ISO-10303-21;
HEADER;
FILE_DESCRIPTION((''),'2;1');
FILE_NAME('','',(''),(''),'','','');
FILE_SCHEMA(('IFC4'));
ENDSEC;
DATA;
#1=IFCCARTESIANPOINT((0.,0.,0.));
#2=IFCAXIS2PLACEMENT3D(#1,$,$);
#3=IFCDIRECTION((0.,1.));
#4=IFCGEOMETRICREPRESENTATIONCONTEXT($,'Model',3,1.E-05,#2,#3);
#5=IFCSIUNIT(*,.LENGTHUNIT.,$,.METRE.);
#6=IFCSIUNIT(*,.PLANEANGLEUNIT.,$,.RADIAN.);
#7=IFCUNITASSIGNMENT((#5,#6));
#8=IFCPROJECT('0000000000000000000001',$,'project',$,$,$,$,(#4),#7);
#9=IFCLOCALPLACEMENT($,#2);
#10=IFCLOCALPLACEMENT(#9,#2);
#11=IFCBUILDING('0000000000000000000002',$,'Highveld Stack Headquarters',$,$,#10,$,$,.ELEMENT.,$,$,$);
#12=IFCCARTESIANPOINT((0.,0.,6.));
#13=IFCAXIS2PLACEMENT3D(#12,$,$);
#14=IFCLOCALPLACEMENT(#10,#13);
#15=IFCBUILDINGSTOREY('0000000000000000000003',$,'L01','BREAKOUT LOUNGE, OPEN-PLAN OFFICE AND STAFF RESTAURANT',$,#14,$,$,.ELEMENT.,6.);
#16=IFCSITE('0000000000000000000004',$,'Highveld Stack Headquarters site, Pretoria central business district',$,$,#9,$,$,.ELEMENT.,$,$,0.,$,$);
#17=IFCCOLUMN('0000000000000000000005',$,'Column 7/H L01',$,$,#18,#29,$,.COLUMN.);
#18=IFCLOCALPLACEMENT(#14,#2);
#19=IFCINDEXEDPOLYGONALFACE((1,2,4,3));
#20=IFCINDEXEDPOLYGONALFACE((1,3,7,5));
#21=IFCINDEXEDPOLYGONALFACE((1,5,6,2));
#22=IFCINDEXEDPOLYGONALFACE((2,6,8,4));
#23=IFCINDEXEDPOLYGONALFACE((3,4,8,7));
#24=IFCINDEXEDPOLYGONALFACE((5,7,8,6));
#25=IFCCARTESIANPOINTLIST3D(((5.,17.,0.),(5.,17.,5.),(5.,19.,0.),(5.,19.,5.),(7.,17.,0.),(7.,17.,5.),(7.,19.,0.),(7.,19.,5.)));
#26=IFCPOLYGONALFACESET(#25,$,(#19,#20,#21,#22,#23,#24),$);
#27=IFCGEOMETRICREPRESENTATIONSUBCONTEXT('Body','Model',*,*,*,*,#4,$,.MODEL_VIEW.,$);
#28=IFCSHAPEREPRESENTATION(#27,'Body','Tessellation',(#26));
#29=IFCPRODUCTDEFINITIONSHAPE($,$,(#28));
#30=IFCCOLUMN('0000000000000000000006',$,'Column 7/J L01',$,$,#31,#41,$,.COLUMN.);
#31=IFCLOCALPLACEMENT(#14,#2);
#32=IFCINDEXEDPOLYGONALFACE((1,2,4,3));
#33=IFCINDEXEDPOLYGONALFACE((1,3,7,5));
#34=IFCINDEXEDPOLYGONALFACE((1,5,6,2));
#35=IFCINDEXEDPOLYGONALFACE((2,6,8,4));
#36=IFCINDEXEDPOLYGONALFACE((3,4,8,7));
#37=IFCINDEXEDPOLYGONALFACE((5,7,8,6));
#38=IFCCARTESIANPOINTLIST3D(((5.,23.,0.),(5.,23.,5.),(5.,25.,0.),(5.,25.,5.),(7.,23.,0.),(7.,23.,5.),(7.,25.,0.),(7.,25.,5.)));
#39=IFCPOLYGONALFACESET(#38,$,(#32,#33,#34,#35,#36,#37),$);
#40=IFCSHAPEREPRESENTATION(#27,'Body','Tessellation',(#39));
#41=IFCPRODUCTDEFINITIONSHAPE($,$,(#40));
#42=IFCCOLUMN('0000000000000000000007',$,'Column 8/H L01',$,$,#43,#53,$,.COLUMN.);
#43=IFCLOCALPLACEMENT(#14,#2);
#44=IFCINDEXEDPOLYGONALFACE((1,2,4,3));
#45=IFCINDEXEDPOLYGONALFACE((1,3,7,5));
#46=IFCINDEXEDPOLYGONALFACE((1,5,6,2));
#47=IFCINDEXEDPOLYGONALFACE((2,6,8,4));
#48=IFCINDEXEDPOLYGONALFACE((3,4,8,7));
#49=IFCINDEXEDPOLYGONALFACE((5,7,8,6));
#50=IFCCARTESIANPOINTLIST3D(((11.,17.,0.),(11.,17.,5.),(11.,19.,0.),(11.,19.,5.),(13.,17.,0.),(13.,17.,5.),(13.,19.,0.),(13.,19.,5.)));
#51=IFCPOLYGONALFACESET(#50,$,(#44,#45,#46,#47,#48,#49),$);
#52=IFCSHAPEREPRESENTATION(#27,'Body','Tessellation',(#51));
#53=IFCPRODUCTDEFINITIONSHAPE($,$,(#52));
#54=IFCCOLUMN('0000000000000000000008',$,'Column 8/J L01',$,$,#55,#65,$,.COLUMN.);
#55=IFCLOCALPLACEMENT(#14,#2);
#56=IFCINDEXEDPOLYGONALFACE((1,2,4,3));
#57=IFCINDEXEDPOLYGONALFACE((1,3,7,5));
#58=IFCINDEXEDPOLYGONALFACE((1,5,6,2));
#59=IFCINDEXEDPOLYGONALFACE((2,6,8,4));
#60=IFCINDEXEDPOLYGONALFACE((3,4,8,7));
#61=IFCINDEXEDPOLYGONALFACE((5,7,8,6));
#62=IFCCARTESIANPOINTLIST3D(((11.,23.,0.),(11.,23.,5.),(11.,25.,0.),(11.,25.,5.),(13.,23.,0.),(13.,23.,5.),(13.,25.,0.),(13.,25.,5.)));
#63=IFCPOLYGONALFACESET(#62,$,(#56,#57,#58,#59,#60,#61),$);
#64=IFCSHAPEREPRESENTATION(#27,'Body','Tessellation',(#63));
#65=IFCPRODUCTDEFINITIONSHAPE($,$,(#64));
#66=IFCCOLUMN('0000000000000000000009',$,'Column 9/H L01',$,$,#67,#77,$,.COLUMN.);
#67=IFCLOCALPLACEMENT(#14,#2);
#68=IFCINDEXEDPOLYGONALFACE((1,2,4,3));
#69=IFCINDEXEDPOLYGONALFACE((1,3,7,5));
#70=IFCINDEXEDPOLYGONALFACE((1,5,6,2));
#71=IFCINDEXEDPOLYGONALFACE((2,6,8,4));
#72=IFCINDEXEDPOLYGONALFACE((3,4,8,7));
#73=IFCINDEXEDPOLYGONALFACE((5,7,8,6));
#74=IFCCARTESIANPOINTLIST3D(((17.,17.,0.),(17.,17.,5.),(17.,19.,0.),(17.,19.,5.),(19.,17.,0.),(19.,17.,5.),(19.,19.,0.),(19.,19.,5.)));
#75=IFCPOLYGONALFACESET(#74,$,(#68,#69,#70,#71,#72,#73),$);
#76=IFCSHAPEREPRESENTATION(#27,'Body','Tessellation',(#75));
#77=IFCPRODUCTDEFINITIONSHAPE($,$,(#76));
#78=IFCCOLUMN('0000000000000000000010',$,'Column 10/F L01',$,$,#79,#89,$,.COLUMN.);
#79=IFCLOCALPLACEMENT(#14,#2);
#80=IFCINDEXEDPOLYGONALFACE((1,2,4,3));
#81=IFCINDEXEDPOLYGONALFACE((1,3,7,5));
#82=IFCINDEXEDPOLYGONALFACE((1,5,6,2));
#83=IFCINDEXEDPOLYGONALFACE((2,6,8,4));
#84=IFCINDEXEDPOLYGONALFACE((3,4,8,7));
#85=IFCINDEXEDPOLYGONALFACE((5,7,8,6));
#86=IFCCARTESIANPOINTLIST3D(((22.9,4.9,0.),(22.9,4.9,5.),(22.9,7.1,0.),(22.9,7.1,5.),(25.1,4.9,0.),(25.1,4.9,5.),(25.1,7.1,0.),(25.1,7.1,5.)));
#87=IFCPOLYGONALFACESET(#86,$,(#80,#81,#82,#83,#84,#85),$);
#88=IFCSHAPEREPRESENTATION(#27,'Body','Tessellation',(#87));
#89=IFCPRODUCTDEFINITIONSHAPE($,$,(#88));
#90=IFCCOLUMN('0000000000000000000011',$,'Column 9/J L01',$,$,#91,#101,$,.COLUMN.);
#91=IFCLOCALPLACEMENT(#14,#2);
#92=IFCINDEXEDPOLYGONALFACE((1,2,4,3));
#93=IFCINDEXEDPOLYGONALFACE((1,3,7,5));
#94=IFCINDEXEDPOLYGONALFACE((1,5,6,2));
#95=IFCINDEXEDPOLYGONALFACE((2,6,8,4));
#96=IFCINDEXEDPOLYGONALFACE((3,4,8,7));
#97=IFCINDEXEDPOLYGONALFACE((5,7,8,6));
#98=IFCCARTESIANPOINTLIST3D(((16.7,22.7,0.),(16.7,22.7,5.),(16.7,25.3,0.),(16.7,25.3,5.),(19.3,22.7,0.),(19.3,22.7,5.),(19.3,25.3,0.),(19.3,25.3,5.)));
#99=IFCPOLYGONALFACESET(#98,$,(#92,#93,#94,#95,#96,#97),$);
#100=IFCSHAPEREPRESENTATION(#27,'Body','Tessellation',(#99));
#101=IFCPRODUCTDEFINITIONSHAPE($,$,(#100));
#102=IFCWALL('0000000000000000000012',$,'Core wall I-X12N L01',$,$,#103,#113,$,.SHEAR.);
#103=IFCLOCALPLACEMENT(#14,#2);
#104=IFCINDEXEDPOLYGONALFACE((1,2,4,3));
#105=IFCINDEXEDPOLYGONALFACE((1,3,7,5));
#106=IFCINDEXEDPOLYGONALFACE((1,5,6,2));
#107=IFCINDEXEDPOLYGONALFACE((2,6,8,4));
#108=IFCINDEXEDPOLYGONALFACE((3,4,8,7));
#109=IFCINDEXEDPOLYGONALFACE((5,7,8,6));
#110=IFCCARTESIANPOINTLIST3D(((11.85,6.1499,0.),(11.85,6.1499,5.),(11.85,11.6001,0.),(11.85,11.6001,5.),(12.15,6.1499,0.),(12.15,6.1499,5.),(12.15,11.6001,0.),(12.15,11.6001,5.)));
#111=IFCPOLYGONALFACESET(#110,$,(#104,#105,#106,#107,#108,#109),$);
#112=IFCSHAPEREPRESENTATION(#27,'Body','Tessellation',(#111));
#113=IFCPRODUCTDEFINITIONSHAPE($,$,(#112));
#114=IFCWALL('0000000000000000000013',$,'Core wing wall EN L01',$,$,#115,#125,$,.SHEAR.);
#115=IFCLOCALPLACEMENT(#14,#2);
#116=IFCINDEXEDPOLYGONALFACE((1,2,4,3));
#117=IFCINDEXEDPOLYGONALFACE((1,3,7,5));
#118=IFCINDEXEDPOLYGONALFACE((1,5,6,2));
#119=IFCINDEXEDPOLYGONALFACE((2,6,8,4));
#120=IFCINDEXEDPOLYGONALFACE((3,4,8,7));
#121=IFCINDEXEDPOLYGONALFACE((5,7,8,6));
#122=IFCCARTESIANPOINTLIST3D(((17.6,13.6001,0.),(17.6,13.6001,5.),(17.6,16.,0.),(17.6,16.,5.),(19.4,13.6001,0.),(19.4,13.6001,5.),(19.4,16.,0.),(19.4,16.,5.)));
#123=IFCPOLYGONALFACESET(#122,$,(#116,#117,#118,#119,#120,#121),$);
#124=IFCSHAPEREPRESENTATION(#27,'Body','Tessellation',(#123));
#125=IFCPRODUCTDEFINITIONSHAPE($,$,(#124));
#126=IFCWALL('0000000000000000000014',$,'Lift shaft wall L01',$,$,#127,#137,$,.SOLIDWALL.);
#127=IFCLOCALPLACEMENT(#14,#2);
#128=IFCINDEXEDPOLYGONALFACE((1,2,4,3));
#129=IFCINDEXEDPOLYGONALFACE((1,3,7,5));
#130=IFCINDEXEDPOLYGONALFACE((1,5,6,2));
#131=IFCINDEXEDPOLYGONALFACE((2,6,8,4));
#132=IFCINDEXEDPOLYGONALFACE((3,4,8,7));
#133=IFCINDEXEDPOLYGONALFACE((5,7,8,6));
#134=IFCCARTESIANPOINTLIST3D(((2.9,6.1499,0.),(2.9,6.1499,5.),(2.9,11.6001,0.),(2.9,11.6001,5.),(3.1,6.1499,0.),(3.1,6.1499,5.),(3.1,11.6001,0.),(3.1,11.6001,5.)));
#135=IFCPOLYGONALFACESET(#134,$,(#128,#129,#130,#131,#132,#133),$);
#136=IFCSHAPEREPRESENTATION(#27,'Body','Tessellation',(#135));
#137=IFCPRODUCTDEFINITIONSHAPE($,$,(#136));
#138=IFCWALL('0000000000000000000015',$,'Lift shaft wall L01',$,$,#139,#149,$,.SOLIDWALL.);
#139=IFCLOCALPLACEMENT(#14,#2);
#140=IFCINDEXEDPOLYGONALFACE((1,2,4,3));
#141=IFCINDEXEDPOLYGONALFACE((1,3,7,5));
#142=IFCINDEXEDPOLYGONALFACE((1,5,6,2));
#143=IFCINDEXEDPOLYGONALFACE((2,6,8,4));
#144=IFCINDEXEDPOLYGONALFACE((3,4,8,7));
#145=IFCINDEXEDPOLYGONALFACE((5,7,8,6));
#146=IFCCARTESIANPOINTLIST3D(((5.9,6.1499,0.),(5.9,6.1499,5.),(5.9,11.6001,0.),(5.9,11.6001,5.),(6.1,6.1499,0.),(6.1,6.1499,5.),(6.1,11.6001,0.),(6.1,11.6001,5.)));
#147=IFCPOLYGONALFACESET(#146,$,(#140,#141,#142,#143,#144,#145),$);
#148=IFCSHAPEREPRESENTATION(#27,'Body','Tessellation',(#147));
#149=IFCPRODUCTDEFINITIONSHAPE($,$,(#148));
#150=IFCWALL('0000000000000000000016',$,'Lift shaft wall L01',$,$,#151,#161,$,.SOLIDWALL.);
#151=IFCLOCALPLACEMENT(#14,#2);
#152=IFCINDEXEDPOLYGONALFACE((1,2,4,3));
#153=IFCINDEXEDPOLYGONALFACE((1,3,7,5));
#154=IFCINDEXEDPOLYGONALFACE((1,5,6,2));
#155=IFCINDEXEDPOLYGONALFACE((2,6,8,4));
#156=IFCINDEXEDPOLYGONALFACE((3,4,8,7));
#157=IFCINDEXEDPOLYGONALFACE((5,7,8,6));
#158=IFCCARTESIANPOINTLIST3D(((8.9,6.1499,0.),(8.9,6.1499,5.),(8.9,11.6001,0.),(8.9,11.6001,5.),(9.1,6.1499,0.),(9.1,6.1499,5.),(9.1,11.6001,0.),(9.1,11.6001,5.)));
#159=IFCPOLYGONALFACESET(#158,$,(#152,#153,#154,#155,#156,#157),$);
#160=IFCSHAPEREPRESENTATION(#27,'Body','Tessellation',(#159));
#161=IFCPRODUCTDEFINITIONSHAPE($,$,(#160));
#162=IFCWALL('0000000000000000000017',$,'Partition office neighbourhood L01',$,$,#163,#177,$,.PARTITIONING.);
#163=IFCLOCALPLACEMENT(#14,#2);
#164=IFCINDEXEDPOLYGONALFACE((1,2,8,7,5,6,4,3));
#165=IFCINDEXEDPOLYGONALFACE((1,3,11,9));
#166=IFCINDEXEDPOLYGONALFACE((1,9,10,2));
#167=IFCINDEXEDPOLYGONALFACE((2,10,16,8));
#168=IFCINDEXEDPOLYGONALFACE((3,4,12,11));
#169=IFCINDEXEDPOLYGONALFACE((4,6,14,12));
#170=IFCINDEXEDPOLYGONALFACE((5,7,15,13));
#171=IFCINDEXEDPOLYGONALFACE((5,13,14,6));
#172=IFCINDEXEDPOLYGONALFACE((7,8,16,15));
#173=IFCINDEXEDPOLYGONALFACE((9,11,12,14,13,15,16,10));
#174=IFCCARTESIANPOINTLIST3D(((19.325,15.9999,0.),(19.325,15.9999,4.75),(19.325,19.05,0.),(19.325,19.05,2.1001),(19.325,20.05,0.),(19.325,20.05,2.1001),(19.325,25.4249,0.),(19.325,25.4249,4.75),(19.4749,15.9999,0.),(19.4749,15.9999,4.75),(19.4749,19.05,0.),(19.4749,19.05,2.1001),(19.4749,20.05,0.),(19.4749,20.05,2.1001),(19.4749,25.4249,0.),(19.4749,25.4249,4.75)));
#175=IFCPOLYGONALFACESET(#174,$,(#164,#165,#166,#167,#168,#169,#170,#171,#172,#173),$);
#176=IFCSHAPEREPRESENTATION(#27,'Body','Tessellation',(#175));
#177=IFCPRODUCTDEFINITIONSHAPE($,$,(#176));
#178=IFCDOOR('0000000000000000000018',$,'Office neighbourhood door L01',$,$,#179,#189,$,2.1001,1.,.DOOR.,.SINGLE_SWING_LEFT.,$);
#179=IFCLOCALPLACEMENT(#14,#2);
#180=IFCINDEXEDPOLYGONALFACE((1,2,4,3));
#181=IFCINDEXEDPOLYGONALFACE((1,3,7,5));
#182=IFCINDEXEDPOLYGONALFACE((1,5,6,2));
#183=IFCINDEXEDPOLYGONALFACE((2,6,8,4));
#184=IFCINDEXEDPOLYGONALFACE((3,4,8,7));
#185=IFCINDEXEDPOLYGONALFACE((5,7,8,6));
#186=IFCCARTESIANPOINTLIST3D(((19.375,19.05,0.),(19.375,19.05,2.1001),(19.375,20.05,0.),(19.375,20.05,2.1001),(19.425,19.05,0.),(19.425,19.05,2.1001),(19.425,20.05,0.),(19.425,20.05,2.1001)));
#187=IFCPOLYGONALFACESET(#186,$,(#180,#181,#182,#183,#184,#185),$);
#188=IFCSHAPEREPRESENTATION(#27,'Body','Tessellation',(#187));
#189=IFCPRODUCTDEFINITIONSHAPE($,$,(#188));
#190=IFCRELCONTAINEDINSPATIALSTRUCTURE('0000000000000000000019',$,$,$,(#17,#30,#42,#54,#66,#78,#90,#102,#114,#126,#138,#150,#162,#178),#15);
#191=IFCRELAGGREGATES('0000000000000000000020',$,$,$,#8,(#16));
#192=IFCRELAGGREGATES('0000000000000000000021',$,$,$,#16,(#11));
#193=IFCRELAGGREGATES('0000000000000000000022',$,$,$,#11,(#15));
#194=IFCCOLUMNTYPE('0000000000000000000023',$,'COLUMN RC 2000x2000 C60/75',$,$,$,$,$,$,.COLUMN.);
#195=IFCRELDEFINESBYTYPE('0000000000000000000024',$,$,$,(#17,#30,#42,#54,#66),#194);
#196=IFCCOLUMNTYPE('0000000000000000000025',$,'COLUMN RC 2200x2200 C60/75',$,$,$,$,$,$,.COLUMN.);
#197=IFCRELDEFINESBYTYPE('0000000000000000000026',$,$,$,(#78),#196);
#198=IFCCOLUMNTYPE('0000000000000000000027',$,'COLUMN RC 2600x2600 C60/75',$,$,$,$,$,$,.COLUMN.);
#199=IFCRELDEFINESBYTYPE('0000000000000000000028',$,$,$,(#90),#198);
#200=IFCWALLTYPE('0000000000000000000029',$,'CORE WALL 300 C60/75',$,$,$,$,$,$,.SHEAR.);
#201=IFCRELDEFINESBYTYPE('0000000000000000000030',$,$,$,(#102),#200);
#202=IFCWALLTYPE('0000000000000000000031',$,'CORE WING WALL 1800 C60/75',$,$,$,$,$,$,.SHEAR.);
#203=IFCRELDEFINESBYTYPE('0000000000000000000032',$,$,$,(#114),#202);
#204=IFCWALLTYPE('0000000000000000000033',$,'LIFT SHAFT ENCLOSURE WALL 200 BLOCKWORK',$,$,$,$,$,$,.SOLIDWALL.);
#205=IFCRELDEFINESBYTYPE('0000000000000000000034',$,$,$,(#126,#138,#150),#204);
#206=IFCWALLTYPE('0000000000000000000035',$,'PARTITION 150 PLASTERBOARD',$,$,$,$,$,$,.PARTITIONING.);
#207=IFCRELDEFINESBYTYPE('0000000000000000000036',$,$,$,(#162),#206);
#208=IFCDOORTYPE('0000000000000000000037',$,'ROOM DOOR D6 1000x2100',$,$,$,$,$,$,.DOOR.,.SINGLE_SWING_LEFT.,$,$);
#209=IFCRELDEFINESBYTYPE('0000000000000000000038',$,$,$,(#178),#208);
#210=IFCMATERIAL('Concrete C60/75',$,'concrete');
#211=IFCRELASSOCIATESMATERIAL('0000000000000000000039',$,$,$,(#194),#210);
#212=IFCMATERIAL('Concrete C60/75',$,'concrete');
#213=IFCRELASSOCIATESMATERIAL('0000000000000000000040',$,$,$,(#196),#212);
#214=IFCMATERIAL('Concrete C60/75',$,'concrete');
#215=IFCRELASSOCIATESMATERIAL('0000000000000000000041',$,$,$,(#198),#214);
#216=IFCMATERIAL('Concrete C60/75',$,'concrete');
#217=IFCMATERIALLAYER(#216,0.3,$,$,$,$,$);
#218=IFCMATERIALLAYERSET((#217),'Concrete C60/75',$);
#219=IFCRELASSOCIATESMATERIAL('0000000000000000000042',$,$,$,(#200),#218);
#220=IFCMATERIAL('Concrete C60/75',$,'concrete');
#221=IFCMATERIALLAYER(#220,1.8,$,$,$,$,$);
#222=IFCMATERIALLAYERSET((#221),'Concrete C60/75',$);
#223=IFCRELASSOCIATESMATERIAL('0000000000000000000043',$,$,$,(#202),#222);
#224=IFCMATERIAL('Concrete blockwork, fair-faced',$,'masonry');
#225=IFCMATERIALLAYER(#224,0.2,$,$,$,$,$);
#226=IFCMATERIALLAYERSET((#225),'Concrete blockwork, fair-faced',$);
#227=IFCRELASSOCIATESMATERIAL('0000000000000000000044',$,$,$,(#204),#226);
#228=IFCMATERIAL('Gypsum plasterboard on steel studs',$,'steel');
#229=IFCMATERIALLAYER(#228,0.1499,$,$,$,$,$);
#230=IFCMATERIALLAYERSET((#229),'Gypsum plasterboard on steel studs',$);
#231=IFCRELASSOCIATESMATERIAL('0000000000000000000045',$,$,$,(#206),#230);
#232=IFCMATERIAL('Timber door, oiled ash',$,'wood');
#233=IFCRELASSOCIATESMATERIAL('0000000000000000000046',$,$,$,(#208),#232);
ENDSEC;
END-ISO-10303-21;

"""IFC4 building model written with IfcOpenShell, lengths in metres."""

from ifc_helpers import new_model, si_unit, direction, frame, frame_2d, origin, origin_2d, place, context, subcontext, project, spatial, rectangle, extrude, material, layer, layer_set, material_profile, profile_set, type_object, element, fill, save


model = new_model("IFC4")

# Units and contexts
model_context = context("Model", 3, precision=1e-05, world=origin(), true_north=direction((0.0, 1.0)))
body_context = subcontext(model_context, "Body", "Model", "MODEL_VIEW")
ifc_project = project(units=[si_unit("LENGTHUNIT", "METRE"), si_unit("PLANEANGLEUNIT", "RADIAN")], contexts=[model_context])

# Site, building, storey
site_placement = place(None, origin())
site = spatial("IfcSite", under=ifc_project, at=site_placement, Name="Highveld Stack Headquarters site, Pretoria central business district", CompositionType="ELEMENT", RefElevation=0.0)
building_placement = place(site_placement, origin())
building = spatial("IfcBuilding", under=site, at=building_placement, Name="Highveld Stack Headquarters", CompositionType="ELEMENT")
storey_placement = place(building_placement, frame((0.0, 0.0, 6.0)))
storey = spatial("IfcBuildingStorey", under=building, at=storey_placement, Name="L01", Description="BREAKOUT LOUNGE, OPEN-PLAN OFFICE AND STAFF RESTAURANT", CompositionType="ELEMENT", Elevation=6.0)

# Columns
ifc_material_1 = material(Name="Concrete C60/75", Category="concrete")
ifc_material_profile_1 = material_profile(ifc_material_1, rectangle(XDim=2.0, YDim=2.0, at=origin_2d()), Name="RC 2000x2000")
ifc_profile_set_1 = profile_set([ifc_material_profile_1], Name="Concrete C60/75")
column_type_1 = type_object("IfcColumnType", Name="COLUMN RC 2000x2000 C60/75", PredefinedType="COLUMN", material=ifc_profile_set_1)
for number, where, z_axis, x_axis, name in (
    (1, (6.0, 18.0, 0.0), (0.0, 0.0, 1.0), (1.0, 0.0, 0.0), "Column 7/H L01"),
    (2, (6.0, 24.0, 0.0), (0.0, 0.0, 1.0), (1.0, 0.0, 0.0), "Column 7/J L01"),
    (3, (12.0, 18.0, 0.0), (0.0, 0.0, 1.0), (1.0, 0.0, 0.0), "Column 8/H L01"),
    (4, (12.0, 24.0, 0.0), (0.0, 0.0, 1.0), (1.0, 0.0, 0.0), "Column 8/J L01"),
    (5, (18.0, 18.0, 0.0), (0.0, 0.0, 1.0), (1.0, 0.0, 0.0), "Column 9/H L01"),
):
    element("IfcColumn", number, at=place(storey_placement, frame(where, z_axis=z_axis, x_axis=x_axis)), inside=storey, type_object=column_type_1, Name=name, PredefinedType="COLUMN", context=body_context, shape_type="SweptSolid", body=[
        extrude(rectangle(XDim=2.0, YDim=2.0, at=origin_2d()), origin(), (0.0, 0.0, 1.0), 5.0),
    ])
ifc_material_2 = material(Name="Concrete C60/75", Category="concrete")
ifc_material_profile_2 = material_profile(ifc_material_2, rectangle(XDim=2.2, YDim=2.2, at=origin_2d()), Name="RC 2200x2200")
ifc_profile_set_2 = profile_set([ifc_material_profile_2], Name="Concrete C60/75")
column_type_2 = type_object("IfcColumnType", Name="COLUMN RC 2200x2200 C60/75", PredefinedType="COLUMN", material=ifc_profile_set_2)
column_1_placement = place(storey_placement, frame((24.0, 6.0, 0.0), z_axis=(0.0, 0.0, 1.0), x_axis=(1.0, 0.0, 0.0)))
element("IfcColumn", 6, at=column_1_placement, inside=storey, type_object=column_type_2, Name="Column 10/F L01", PredefinedType="COLUMN", context=body_context, shape_type="SweptSolid", body=[
    extrude(rectangle(XDim=2.2, YDim=2.2, at=origin_2d()), origin(), (0.0, 0.0, 1.0), 5.0),
])
ifc_material_3 = material(Name="Concrete C60/75", Category="concrete")
ifc_material_profile_3 = material_profile(ifc_material_3, rectangle(XDim=2.6001, YDim=2.6001, at=origin_2d()), Name="RC 2600x2600")
ifc_profile_set_3 = profile_set([ifc_material_profile_3], Name="Concrete C60/75")
column_type_3 = type_object("IfcColumnType", Name="COLUMN RC 2600x2600 C60/75", PredefinedType="COLUMN", material=ifc_profile_set_3)
column_2_placement = place(storey_placement, frame((18.0, 24.0, 0.0), z_axis=(0.0, 0.0, 1.0), x_axis=(1.0, 0.0, 0.0)))
element("IfcColumn", 7, at=column_2_placement, inside=storey, type_object=column_type_3, Name="Column 9/J L01", PredefinedType="COLUMN", context=body_context, shape_type="SweptSolid", body=[
    extrude(rectangle(XDim=2.6001, YDim=2.6001, at=origin_2d()), origin(), (0.0, 0.0, 1.0), 5.0),
])

# Walls
ifc_material_4 = material(Name="Concrete C60/75", Category="concrete")
ifc_layer_1 = layer(ifc_material_4, 0.3)
ifc_layer_set_1 = layer_set([ifc_layer_1], Name="Concrete C60/75")
wall_type_1 = type_object("IfcWallType", Name="CORE WALL 300 C60/75", PredefinedType="SHEAR", material=ifc_layer_set_1)
wall_1_placement = place(storey_placement, frame((12.0, 6.1499, 0.0), z_axis=(0.0, 0.0, 1.0), x_axis=(0.0, 1.0, 0.0)))
element("IfcWall", 8, at=wall_1_placement, inside=storey, type_object=wall_type_1, Name="Core wall I-X12N L01", PredefinedType="SHEAR", context=body_context, shape_type="SweptSolid", body=[
    extrude(rectangle(XDim=5.4502, YDim=0.3, at=frame_2d((2.7251, 0.0))), origin(), (0.0, 0.0, 1.0), 5.0),
])
ifc_material_5 = material(Name="Concrete C60/75", Category="concrete")
ifc_layer_2 = layer(ifc_material_5, 1.8)
ifc_layer_set_2 = layer_set([ifc_layer_2], Name="Concrete C60/75")
wall_type_2 = type_object("IfcWallType", Name="CORE WING WALL 1800 C60/75", PredefinedType="SHEAR", material=ifc_layer_set_2)
wall_2_placement = place(storey_placement, frame((18.5, 13.6001, 0.0), z_axis=(0.0, 0.0, 1.0), x_axis=(0.0, 1.0, 0.0)))
element("IfcWall", 9, at=wall_2_placement, inside=storey, type_object=wall_type_2, Name="Core wing wall EN L01", PredefinedType="SHEAR", context=body_context, shape_type="SweptSolid", body=[
    extrude(rectangle(XDim=2.3999, YDim=1.8, at=frame_2d((1.2, 0.0))), origin(), (0.0, 0.0, 1.0), 5.0),
])
ifc_material_6 = material(Name="Concrete blockwork, fair-faced", Category="masonry")
ifc_layer_3 = layer(ifc_material_6, 0.2)
ifc_layer_set_3 = layer_set([ifc_layer_3], Name="Concrete blockwork, fair-faced")
wall_type_3 = type_object("IfcWallType", Name="LIFT SHAFT ENCLOSURE WALL 200 BLOCKWORK", PredefinedType="SOLIDWALL", material=ifc_layer_set_3)
for number, where, z_axis, x_axis, name in (
    (10, (3.0, 6.1499, 0.0), (0.0, 0.0, 1.0), (0.0, 1.0, 0.0), "Lift shaft wall L01"),
    (11, (6.0, 6.1499, 0.0), (0.0, 0.0, 1.0), (0.0, 1.0, 0.0), "Lift shaft wall L01"),
    (12, (9.0, 6.1499, 0.0), (0.0, 0.0, 1.0), (0.0, 1.0, 0.0), "Lift shaft wall L01"),
):
    element("IfcWall", number, at=place(storey_placement, frame(where, z_axis=z_axis, x_axis=x_axis)), inside=storey, type_object=wall_type_3, Name=name, PredefinedType="SOLIDWALL", context=body_context, shape_type="SweptSolid", body=[
        extrude(rectangle(XDim=5.4502, YDim=0.2, at=frame_2d((2.7251, 0.0))), origin(), (0.0, 0.0, 1.0), 5.0),
    ])

# Wall, opening, door
ifc_material_7 = material(Name="Gypsum plasterboard on steel studs", Category="steel")
ifc_layer_4 = layer(ifc_material_7, 0.1499)
ifc_layer_set_4 = layer_set([ifc_layer_4], Name="Gypsum plasterboard on steel studs")
wall_type_4 = type_object("IfcWallType", Name="PARTITION 150 PLASTERBOARD", PredefinedType="PARTITIONING", material=ifc_layer_set_4)
wall_3_placement = place(storey_placement, frame((19.3999, 16.0, 0.0), z_axis=(0.0, 0.0, 1.0), x_axis=(0.0, 1.0, 0.0)))
wall_3 = element("IfcWall", 13, at=wall_3_placement, inside=storey, type_object=wall_type_4, Name="Partition office neighbourhood L01", PredefinedType="PARTITIONING", context=body_context, shape_type="SweptSolid", body=[
    extrude(rectangle(XDim=9.425, YDim=0.1499, at=frame_2d((4.7124, 0.0))), origin(), (0.0, 0.0, 1.0), 4.75),
])
opening_1_placement = place(wall_3_placement, frame((3.05, 0.0, 0.0)))
opening_1 = element("IfcOpeningElement", 14, at=opening_1_placement, cuts=wall_3, PredefinedType="OPENING", context=body_context, shape_type="SweptSolid", body=[
    extrude(rectangle(XDim=1.0, YDim=2.1001, at=frame_2d((0.5, 1.05))), frame((0.0, 0.085, 0.0), z_axis=(0.0, -1.0, 0.0), x_axis=(1.0, 0.0, 0.0)), (0.0, 0.0, 1.0), 0.1699),
])
ifc_material_8 = material(Name="Timber door, oiled ash", Category="wood")
door_type_1 = type_object("IfcDoorType", Name="ROOM DOOR D6 1000x2100", OperationType="SINGLE_SWING_LEFT", PredefinedType="DOOR", material=ifc_material_8)
door_1_placement = place(opening_1_placement, origin())
door_1 = element("IfcDoor", 15, at=door_1_placement, inside=storey, type_object=door_type_1, Name="Office neighbourhood door L01", OperationType="SINGLE_SWING_LEFT", OverallHeight=2.1001, OverallWidth=1.0, PredefinedType="DOOR", context=body_context, shape_type="SweptSolid", body=[
    extrude(rectangle(XDim=1.0, YDim=2.1001, at=frame_2d((0.5, 1.05))), frame((0.0, 0.0249, 0.0), z_axis=(0.0, -1.0, 0.0), x_axis=(1.0, 0.0, 0.0)), (0.0, 0.0, 1.0), 0.05),
])
fill(opening_1, door_1)

save(model, "model.ifc")
